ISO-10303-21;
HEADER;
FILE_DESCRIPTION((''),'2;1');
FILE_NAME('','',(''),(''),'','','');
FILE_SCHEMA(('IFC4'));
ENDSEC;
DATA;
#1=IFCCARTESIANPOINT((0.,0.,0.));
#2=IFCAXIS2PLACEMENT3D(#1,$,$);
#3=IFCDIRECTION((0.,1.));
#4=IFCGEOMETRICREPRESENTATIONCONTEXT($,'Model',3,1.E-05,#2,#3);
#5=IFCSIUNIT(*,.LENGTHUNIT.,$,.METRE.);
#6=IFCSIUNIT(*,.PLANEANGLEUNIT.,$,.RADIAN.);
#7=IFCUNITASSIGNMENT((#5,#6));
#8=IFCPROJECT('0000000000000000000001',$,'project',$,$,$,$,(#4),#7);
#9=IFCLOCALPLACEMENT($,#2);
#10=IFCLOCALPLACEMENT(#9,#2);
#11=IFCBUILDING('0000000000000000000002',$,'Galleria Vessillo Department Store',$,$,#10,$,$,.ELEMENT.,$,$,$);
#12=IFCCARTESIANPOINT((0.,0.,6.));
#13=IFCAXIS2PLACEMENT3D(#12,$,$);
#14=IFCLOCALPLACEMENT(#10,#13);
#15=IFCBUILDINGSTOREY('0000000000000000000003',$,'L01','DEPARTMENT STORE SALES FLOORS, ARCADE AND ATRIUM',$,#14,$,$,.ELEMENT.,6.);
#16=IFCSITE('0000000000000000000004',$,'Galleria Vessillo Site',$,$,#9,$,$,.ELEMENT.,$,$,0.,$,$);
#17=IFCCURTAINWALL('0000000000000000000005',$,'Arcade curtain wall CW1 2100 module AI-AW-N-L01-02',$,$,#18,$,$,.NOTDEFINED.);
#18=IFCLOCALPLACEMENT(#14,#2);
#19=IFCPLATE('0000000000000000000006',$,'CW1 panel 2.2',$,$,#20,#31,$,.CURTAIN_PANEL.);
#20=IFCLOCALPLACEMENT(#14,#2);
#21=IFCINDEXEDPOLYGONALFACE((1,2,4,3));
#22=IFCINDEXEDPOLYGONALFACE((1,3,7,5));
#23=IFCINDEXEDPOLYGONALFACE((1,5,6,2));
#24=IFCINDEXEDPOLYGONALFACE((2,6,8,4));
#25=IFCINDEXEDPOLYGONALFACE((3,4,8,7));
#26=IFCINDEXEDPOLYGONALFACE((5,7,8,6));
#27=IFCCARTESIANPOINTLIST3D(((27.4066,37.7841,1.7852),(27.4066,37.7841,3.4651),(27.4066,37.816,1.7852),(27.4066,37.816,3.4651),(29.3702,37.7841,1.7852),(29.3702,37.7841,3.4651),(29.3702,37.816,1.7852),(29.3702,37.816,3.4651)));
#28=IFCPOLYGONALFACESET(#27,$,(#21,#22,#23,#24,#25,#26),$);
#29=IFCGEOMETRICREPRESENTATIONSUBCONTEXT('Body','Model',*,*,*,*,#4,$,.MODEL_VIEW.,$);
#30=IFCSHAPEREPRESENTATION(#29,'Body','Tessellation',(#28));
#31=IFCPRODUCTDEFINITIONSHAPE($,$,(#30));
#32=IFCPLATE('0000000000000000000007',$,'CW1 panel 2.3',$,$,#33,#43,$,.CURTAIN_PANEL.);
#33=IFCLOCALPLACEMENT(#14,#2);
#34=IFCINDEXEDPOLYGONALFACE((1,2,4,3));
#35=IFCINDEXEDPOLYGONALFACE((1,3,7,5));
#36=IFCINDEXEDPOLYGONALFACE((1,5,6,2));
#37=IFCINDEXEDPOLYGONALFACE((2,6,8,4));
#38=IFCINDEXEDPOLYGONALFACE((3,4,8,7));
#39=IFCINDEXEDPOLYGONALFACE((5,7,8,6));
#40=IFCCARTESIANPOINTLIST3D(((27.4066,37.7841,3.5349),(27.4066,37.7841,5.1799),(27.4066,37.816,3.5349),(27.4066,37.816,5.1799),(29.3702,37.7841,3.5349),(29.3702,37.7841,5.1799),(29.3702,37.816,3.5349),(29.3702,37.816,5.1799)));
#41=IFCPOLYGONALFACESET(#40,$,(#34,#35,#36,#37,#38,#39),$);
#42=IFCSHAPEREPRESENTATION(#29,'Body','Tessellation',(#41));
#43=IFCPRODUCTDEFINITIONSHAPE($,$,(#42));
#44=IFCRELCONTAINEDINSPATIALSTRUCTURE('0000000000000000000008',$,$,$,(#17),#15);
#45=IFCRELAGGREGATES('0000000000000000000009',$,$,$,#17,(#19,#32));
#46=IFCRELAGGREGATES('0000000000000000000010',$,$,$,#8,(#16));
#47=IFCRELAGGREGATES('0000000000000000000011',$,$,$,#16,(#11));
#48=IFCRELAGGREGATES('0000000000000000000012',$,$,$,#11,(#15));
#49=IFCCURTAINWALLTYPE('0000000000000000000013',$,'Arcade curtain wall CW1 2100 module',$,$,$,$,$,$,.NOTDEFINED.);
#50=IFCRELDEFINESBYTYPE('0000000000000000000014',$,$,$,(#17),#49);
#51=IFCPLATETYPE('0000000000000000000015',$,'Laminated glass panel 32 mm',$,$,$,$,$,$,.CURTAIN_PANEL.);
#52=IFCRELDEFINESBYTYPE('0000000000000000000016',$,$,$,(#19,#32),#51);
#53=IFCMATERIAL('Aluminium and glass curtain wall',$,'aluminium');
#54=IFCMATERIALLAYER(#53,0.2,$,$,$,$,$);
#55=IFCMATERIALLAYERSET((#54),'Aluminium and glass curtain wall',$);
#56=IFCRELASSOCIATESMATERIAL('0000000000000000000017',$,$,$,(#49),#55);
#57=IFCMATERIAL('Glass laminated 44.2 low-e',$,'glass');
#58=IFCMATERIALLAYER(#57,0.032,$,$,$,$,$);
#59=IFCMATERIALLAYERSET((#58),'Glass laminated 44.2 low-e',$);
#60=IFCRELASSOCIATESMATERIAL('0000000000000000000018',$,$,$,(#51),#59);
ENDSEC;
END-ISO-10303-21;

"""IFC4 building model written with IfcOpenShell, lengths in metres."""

from ifc_helpers import new_model, si_unit, direction, frame, origin, origin_2d, place, context, subcontext, project, spatial, rectangle, extrude, material, layer, layer_set, type_object, element, aggregate, save


model = new_model("IFC4")

# Units and contexts
model_context = context("Model", 3, precision=1e-05, world=origin(), true_north=direction((0.0, 1.0)))
body_context = subcontext(model_context, "Body", "Model", "MODEL_VIEW")
ifc_project = project(units=[si_unit("LENGTHUNIT", "METRE"), si_unit("PLANEANGLEUNIT", "RADIAN")], contexts=[model_context])

# Site, building, storey
site_placement = place(None, origin())
site = spatial("IfcSite", under=ifc_project, at=site_placement, Name="Galleria Vessillo Site", CompositionType="ELEMENT", RefElevation=0.0)
building_placement = place(site_placement, origin())
building = spatial("IfcBuilding", under=site, at=building_placement, Name="Galleria Vessillo Department Store", CompositionType="ELEMENT")
storey_placement = place(building_placement, frame((0.0, 0.0, 6.0)))
storey = spatial("IfcBuildingStorey", under=building, at=storey_placement, Name="L01", Description="DEPARTMENT STORE SALES FLOORS, ARCADE AND ATRIUM", CompositionType="ELEMENT", Elevation=6.0)

# Curtain wall
ifc_material_1 = material(Name="Aluminium and glass curtain wall", Category="aluminium")
ifc_layer_1 = layer(ifc_material_1, 0.2)
ifc_layer_set_1 = layer_set([ifc_layer_1], Name="Aluminium and glass curtain wall")
curtain_wall_type = type_object("IfcCurtainWallType", Name="Arcade curtain wall CW1 2100 module", PredefinedType="NOTDEFINED", material=ifc_layer_set_1)
curtain_wall_placement = place(storey_placement, origin())
curtain_wall = element("IfcCurtainWall", 1, at=curtain_wall_placement, inside=storey, type_object=curtain_wall_type, Name="Arcade curtain wall CW1 2100 module AI-AW-N-L01-02", PredefinedType="NOTDEFINED")

# Plates
ifc_material_2 = material(Name="Glass laminated 44.2 low-e", Category="glass")
ifc_layer_2 = layer(ifc_material_2, 0.032)
ifc_layer_set_2 = layer_set([ifc_layer_2], Name="Glass laminated 44.2 low-e")
plate_type = type_object("IfcPlateType", Name="Laminated glass panel 32 mm", PredefinedType="CURTAIN_PANEL", material=ifc_layer_set_2)
plate_1_placement = place(storey_placement, frame((28.3884, 37.8, 1.7852), z_axis=(0.0, 0.0, 1.0), x_axis=(1.0, 0.0, 0.0)))
plate_1 = element("IfcPlate", 2, at=plate_1_placement, type_object=plate_type, Name="CW1 panel 2.2", PredefinedType="CURTAIN_PANEL", context=body_context, shape_type="SweptSolid", body=[
    extrude(rectangle(XDim=1.9636, YDim=0.032, at=origin_2d()), origin(), (0.0, 0.0, 1.0), 1.6799),
])
plate_2_placement = place(storey_placement, frame((28.3884, 37.8, 3.5349), z_axis=(0.0, 0.0, 1.0), x_axis=(1.0, 0.0, 0.0)))
plate_2 = element("IfcPlate", 3, at=plate_2_placement, type_object=plate_type, Name="CW1 panel 2.3", PredefinedType="CURTAIN_PANEL", context=body_context, shape_type="SweptSolid", body=[
    extrude(rectangle(XDim=1.9636, YDim=0.032, at=origin_2d()), origin(), (0.0, 0.0, 1.0), 1.645),
])
aggregate(curtain_wall, [plate_1, plate_2])

save(model, "model.ifc")
